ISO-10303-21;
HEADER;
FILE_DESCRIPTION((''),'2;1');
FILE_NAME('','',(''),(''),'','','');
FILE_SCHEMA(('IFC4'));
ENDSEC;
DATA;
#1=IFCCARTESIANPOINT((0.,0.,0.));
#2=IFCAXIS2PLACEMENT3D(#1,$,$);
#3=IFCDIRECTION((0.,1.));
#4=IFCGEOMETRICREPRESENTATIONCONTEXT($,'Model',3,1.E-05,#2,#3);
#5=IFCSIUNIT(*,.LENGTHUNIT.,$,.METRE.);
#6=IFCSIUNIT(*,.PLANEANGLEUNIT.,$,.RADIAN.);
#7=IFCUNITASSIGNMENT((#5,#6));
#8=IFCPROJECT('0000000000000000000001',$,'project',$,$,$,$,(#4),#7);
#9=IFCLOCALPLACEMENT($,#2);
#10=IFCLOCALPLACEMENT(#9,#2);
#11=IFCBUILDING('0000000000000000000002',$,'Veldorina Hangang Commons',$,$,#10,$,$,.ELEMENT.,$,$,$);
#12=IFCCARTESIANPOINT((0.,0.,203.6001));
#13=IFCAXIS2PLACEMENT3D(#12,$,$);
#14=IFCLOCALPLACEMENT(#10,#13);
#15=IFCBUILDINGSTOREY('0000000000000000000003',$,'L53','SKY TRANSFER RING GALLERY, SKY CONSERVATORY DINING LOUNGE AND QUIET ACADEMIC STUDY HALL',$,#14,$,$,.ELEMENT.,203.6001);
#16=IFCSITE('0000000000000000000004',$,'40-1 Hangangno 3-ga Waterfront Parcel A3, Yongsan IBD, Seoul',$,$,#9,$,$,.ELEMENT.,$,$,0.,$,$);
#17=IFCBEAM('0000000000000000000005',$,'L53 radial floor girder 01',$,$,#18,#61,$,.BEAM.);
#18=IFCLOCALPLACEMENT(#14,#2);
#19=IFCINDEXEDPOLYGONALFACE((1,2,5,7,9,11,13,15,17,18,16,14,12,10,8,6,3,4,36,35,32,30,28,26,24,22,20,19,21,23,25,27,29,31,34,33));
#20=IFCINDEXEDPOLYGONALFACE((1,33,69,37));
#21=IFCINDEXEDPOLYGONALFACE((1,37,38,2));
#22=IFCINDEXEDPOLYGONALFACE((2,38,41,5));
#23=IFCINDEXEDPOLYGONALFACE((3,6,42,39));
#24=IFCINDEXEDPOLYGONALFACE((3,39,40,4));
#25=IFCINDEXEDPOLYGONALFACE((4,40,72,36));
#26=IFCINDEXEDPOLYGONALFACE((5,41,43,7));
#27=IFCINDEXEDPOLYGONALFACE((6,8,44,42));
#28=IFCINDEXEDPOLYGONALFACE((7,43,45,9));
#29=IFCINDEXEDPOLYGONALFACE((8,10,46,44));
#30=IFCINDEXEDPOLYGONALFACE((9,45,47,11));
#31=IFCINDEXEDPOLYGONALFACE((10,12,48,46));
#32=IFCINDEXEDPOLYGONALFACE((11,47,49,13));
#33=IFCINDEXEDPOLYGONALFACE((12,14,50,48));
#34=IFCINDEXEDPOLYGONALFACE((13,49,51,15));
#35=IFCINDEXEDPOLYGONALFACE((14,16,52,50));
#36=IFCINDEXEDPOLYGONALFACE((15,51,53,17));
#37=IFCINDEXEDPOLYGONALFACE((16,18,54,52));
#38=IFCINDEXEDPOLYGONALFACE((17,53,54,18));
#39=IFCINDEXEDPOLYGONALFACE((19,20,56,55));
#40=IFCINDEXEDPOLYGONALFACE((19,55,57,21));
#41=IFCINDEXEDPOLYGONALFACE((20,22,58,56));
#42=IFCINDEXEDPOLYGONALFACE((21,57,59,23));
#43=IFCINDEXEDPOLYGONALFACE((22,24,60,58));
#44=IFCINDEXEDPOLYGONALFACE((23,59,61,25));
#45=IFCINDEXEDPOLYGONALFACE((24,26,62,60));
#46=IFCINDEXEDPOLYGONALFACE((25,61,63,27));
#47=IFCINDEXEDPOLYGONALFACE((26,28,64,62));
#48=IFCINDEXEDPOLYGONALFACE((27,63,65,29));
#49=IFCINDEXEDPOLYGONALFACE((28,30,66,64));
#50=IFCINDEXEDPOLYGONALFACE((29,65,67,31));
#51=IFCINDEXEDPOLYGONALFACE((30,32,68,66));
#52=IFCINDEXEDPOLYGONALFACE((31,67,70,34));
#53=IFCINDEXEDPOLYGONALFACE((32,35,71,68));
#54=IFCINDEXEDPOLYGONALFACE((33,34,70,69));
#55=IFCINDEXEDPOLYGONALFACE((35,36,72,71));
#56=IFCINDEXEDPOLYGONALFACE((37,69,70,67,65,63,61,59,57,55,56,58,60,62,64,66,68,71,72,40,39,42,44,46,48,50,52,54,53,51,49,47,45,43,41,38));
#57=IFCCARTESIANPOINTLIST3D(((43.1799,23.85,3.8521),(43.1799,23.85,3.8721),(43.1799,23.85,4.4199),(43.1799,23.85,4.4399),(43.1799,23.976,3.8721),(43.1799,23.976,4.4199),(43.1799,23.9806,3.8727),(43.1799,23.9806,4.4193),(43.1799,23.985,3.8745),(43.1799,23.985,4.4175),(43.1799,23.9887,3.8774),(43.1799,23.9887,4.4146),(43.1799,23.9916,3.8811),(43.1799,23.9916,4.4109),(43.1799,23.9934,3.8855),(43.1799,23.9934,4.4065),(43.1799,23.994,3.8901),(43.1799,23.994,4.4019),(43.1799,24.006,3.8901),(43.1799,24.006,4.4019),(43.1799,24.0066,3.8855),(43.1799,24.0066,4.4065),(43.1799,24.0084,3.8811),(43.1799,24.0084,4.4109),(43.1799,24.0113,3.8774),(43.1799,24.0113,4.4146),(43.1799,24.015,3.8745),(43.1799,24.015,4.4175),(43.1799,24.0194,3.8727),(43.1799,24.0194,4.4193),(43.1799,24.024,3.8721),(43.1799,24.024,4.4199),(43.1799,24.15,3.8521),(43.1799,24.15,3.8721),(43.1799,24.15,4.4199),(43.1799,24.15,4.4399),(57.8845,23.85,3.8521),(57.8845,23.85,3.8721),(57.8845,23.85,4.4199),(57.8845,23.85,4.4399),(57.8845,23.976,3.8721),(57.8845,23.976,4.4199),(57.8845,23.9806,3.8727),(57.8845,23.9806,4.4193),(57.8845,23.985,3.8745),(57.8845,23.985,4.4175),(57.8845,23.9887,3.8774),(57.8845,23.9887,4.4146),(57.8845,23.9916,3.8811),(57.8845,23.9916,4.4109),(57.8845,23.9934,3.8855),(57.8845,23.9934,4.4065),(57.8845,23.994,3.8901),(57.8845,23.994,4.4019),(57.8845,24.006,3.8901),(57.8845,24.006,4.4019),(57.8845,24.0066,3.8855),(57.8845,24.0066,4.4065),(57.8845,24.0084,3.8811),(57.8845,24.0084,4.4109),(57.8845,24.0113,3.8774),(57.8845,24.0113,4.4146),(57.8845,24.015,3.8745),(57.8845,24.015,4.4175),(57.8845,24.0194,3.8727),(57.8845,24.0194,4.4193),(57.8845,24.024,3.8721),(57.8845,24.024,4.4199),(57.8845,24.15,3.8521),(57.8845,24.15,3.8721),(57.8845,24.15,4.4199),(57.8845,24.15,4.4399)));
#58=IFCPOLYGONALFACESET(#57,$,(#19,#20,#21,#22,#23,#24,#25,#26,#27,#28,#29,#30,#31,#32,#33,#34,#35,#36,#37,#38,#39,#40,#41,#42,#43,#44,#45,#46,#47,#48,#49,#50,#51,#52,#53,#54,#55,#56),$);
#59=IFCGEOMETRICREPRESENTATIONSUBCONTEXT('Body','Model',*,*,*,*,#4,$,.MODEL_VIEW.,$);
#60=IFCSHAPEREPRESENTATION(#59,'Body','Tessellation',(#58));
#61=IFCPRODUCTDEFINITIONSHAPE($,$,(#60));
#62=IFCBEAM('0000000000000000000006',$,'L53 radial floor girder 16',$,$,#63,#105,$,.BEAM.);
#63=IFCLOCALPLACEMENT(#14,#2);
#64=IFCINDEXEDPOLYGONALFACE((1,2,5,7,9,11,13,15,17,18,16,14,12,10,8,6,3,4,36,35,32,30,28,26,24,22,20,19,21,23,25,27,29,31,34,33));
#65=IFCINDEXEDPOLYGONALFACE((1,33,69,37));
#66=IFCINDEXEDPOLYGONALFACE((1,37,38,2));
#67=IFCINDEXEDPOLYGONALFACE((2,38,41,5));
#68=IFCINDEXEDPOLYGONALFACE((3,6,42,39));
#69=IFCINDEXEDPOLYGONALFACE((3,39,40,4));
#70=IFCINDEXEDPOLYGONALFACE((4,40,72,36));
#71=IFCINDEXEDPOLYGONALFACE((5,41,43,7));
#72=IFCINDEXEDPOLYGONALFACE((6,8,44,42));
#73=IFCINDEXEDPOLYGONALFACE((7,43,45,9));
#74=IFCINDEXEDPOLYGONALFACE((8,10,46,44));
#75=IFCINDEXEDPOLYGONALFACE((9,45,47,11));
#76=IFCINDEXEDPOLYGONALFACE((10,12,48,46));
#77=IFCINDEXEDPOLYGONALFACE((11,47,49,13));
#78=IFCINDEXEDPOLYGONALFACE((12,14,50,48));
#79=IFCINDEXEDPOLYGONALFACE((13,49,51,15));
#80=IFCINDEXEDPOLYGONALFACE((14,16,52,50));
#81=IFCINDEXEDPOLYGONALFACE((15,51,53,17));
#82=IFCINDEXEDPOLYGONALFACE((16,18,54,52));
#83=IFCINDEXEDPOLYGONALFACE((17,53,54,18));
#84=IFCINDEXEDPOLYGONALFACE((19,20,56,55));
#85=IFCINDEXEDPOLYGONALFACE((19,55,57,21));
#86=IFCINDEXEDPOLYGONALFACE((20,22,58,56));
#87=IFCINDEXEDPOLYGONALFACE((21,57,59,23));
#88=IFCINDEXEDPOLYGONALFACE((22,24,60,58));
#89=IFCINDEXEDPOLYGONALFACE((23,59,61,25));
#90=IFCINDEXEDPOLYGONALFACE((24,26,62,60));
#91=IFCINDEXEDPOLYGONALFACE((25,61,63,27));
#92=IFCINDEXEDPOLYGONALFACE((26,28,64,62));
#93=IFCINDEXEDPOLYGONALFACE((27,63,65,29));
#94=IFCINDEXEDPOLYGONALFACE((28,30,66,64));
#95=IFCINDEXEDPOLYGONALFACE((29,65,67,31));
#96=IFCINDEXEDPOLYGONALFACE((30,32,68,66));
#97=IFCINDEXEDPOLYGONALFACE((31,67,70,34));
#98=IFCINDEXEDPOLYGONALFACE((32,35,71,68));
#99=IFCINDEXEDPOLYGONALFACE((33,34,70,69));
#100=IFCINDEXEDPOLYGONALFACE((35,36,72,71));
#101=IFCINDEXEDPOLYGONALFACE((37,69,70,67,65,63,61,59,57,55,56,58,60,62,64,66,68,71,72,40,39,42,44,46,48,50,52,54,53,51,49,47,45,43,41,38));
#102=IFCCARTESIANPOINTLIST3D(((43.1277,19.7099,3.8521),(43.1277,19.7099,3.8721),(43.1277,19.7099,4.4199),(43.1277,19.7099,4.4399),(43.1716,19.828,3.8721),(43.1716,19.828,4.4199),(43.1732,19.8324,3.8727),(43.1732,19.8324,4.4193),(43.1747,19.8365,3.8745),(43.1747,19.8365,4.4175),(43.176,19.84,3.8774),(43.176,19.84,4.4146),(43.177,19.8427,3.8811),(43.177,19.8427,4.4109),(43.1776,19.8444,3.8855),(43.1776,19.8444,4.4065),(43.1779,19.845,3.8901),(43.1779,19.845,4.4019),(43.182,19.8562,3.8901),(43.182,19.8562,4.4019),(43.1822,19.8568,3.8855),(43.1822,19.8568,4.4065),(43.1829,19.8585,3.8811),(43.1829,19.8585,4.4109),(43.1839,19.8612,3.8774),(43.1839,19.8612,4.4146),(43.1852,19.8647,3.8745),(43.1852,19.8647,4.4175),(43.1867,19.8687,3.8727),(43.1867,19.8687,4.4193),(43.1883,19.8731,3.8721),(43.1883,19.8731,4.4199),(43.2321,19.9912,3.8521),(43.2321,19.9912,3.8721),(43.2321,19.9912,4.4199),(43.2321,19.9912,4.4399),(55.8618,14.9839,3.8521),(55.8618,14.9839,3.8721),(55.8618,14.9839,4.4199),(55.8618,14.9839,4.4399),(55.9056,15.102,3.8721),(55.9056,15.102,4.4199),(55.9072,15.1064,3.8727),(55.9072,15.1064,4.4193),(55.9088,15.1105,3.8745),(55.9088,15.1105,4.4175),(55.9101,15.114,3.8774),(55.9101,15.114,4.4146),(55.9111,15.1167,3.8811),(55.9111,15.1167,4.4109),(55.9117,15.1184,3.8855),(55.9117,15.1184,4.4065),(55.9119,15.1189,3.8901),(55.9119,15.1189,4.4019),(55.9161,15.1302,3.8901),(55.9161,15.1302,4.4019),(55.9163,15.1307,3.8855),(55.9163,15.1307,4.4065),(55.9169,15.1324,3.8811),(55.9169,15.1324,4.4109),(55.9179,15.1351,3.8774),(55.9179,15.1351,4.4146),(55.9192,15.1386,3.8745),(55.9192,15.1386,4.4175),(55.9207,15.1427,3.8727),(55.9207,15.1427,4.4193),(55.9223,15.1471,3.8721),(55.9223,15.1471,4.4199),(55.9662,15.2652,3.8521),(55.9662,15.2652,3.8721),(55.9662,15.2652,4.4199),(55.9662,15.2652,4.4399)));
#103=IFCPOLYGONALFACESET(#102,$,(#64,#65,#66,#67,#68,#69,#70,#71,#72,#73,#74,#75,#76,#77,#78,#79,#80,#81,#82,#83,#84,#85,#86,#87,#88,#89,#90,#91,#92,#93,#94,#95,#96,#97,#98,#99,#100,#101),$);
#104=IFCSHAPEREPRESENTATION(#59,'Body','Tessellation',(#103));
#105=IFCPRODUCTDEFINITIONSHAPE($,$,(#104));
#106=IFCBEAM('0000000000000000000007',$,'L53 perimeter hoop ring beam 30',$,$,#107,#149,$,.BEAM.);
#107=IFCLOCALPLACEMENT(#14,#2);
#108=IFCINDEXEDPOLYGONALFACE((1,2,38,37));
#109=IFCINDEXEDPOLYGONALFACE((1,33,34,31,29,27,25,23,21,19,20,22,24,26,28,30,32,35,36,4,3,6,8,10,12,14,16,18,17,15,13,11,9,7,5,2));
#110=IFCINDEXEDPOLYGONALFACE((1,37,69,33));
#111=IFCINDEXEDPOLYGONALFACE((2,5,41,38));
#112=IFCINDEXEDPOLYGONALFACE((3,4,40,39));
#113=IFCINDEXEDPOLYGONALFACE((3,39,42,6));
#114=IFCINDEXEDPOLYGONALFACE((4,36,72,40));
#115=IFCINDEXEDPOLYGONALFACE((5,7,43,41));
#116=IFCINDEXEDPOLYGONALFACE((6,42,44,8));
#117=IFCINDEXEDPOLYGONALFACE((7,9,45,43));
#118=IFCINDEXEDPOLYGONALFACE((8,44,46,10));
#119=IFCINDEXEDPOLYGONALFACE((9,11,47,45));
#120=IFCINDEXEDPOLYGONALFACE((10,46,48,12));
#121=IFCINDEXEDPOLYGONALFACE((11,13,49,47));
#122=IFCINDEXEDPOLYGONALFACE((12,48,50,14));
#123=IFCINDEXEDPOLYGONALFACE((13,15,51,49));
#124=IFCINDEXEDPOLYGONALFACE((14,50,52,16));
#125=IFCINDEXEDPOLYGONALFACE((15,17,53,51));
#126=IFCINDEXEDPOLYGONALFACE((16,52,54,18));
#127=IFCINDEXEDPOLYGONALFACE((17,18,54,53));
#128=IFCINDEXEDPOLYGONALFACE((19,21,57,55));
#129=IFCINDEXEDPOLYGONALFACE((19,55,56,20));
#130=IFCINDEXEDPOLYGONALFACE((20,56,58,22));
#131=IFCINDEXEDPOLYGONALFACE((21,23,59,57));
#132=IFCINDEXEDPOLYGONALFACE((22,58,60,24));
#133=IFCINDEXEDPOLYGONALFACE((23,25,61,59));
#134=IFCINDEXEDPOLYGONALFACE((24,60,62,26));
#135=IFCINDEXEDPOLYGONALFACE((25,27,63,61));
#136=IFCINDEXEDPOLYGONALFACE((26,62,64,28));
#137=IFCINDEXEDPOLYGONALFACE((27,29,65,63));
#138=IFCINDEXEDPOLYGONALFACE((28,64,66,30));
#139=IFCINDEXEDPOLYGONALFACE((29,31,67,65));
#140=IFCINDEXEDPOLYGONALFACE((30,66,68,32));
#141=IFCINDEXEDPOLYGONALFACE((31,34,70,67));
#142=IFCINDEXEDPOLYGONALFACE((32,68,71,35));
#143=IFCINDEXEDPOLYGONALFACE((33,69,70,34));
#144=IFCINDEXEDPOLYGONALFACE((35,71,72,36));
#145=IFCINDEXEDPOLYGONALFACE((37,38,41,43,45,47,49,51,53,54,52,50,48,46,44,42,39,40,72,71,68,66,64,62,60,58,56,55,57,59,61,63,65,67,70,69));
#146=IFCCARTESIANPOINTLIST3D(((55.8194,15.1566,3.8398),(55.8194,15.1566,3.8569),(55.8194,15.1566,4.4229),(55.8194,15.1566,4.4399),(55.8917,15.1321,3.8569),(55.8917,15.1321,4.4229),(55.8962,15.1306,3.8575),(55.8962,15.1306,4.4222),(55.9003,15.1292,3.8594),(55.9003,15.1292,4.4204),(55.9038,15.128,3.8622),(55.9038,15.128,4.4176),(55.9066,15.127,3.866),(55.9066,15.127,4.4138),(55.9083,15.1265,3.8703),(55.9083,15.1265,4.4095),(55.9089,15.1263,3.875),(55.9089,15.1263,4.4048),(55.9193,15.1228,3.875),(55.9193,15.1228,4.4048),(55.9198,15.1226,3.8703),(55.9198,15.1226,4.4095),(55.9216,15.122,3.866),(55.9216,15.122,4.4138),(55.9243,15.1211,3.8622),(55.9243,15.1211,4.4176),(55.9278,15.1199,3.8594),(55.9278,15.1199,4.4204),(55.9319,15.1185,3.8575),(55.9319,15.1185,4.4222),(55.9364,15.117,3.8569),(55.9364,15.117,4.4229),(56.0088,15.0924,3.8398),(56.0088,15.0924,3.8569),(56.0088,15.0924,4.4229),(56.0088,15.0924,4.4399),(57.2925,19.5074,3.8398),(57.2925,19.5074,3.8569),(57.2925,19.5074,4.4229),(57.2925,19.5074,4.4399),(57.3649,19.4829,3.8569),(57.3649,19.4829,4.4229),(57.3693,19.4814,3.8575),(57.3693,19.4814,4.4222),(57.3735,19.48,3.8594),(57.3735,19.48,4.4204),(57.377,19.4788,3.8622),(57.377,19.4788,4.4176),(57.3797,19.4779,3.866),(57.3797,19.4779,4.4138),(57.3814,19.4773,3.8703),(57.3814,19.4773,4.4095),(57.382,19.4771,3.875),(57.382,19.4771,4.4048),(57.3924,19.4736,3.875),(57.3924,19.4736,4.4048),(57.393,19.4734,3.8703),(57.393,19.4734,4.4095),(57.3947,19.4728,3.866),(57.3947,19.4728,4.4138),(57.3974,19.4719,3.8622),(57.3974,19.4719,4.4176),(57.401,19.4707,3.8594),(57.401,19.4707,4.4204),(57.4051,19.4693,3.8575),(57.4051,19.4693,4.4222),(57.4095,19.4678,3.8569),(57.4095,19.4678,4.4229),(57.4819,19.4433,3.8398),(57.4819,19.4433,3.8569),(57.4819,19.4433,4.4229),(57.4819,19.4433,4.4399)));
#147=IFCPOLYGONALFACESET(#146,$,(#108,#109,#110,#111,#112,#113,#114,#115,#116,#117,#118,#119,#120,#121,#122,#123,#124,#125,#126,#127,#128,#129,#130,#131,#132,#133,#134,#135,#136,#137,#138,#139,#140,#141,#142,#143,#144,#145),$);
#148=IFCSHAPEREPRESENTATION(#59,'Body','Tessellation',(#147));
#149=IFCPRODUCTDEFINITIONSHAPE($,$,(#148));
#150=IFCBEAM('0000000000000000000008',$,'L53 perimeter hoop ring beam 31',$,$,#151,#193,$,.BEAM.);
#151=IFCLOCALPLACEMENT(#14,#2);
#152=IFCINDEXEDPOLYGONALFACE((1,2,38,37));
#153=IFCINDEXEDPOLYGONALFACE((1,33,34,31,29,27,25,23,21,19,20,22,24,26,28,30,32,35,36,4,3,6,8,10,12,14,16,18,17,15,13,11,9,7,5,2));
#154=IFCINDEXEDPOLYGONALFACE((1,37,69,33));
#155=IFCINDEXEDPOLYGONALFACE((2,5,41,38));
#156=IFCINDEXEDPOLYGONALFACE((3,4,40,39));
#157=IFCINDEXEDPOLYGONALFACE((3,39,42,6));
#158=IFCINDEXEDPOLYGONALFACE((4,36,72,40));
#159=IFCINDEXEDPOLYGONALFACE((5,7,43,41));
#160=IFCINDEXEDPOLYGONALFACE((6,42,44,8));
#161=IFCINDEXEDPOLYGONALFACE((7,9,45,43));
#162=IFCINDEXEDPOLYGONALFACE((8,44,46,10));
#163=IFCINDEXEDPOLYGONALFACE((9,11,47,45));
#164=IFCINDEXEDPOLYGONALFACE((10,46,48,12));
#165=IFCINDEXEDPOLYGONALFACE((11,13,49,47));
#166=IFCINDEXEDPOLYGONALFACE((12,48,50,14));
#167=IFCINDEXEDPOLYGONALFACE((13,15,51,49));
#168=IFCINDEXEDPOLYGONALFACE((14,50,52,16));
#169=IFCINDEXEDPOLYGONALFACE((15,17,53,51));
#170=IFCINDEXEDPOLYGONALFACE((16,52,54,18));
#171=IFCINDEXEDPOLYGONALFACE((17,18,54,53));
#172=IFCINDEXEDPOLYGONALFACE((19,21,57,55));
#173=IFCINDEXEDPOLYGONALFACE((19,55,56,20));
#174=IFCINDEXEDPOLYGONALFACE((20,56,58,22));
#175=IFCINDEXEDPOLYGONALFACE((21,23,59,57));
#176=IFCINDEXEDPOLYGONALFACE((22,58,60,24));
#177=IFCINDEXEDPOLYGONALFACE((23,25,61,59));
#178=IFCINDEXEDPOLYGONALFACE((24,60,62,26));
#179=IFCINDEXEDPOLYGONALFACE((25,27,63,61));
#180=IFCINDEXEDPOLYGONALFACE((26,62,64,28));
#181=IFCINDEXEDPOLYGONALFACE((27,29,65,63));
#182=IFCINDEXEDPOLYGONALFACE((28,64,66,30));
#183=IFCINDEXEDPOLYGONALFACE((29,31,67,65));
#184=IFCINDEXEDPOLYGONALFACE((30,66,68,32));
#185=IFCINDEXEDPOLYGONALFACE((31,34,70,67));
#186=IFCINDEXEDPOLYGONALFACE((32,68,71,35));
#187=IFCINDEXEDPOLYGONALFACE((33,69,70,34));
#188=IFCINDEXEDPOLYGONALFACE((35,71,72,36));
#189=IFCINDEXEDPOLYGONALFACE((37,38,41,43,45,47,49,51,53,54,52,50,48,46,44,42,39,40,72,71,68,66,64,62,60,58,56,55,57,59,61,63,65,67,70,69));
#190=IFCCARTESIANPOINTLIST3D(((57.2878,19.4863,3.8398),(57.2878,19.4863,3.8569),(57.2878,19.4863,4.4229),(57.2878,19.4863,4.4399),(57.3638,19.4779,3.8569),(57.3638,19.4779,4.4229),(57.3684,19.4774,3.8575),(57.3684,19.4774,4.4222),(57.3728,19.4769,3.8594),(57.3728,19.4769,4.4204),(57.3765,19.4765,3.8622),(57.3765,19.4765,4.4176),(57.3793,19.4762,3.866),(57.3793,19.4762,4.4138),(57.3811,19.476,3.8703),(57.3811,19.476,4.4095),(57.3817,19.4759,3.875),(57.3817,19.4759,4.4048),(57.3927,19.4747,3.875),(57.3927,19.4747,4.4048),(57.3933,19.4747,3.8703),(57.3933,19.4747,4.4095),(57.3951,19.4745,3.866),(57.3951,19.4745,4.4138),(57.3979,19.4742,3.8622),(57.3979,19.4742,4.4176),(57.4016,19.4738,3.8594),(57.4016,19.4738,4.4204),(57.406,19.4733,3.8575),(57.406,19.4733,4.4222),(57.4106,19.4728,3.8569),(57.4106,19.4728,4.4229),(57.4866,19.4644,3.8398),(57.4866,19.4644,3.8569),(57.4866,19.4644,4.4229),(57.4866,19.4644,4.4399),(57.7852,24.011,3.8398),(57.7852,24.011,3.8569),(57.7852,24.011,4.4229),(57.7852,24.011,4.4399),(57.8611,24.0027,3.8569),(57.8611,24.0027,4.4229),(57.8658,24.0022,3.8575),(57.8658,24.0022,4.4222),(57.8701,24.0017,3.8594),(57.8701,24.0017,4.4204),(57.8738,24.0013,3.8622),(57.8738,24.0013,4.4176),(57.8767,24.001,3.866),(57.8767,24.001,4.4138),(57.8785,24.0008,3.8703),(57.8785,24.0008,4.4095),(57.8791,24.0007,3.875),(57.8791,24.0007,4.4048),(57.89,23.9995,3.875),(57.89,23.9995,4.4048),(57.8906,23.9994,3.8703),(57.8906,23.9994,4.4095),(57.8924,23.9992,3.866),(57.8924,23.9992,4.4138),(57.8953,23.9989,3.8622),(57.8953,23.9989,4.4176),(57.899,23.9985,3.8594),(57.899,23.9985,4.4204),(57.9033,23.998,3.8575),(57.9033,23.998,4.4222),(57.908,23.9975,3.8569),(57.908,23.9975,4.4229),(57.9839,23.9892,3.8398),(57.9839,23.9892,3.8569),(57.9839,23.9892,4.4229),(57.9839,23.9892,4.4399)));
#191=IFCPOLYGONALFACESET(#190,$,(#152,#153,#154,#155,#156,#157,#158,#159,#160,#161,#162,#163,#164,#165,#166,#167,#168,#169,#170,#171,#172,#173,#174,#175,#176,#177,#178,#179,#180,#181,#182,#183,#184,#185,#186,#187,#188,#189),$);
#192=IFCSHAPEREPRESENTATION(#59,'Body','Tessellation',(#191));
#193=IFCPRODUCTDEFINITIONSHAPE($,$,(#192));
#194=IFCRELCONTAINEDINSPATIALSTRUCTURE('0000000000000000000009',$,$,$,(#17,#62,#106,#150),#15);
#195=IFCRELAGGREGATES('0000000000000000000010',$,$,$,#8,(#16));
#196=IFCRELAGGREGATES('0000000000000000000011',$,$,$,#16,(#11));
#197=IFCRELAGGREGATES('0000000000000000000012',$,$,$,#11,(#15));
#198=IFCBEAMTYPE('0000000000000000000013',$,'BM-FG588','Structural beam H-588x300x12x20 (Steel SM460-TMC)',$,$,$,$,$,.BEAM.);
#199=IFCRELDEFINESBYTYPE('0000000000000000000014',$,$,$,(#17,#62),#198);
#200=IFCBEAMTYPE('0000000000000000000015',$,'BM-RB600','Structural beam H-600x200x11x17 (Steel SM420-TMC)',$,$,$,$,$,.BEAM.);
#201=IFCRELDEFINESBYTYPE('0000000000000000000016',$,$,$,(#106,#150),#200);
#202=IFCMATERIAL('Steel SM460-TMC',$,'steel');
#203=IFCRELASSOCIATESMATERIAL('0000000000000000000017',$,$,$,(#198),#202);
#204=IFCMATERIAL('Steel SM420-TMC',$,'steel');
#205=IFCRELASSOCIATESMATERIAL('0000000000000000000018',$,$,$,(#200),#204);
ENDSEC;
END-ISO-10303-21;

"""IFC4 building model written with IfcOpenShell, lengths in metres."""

from ifc_helpers import new_model, si_unit, direction, frame, origin, origin_2d, place, context, subcontext, project, spatial, i_section, extrude, material, material_profile, profile_set, type_object, element, save


model = new_model("IFC4")

# Units and contexts
model_context = context("Model", 3, precision=1e-05, world=origin(), true_north=direction((0.0, 1.0)))
body_context = subcontext(model_context, "Body", "Model", "MODEL_VIEW")
ifc_project = project(units=[si_unit("LENGTHUNIT", "METRE"), si_unit("PLANEANGLEUNIT", "RADIAN")], contexts=[model_context])

# Site, building, storey
site_placement = place(None, origin())
site = spatial("IfcSite", under=ifc_project, at=site_placement, Name="40-1 Hangangno 3-ga Waterfront Parcel A3, Yongsan IBD, Seoul", CompositionType="ELEMENT", RefElevation=0.0)
building_placement = place(site_placement, origin())
building = spatial("IfcBuilding", under=site, at=building_placement, Name="Veldorina Hangang Commons", CompositionType="ELEMENT")
storey_placement = place(building_placement, frame((0.0, 0.0, 203.6001)))
storey = spatial("IfcBuildingStorey", under=building, at=storey_placement, Name="L53", Description="SKY TRANSFER RING GALLERY, SKY CONSERVATORY DINING LOUNGE AND QUIET ACADEMIC STUDY HALL", CompositionType="ELEMENT", Elevation=203.6001)

# Beams
ifc_material_1 = material(Name="Steel SM460-TMC", Category="steel")
ifc_material_profile_1 = material_profile(ifc_material_1, i_section(OverallWidth=0.3, OverallDepth=0.5879, WebThickness=0.012, FlangeThickness=0.02, FilletRadius=0.0181, at=origin_2d()), Name="H-588x300x12x20")
ifc_profile_set_1 = profile_set([ifc_material_profile_1], Name="Steel SM460-TMC")
beam_type_1 = type_object("IfcBeamType", Name="BM-FG588", Description="Structural beam H-588x300x12x20 (Steel SM460-TMC)", PredefinedType="BEAM", material=ifc_profile_set_1)
beam_1_placement = place(storey_placement, frame((43.1799, 24.0, 4.146), z_axis=(1.0, 0.0, 0.0), x_axis=(0.0, 1.0, 0.0)))
element("IfcBeam", 1, at=beam_1_placement, inside=storey, type_object=beam_type_1, Name="L53 radial floor girder 01", PredefinedType="BEAM", context=body_context, shape_type="SweptSolid", body=[
    extrude(i_section(OverallWidth=0.3, OverallDepth=0.5879, WebThickness=0.012, FlangeThickness=0.02, FilletRadius=0.0181, at=origin_2d()), origin(), (0.0, 0.0, 1.0), 14.7046),
])
beam_2_placement = place(storey_placement, frame((43.1799, 19.8506, 4.146), z_axis=(0.937515, -0.347944, 0.0), x_axis=(0.347944, 0.937515, 0.0)))
element("IfcBeam", 2, at=beam_2_placement, inside=storey, type_object=beam_type_1, Name="L53 radial floor girder 16", PredefinedType="BEAM", context=body_context, shape_type="SweptSolid", body=[
    extrude(i_section(OverallWidth=0.3, OverallDepth=0.5879, WebThickness=0.012, FlangeThickness=0.02, FilletRadius=0.0181, at=origin_2d()), origin(), (0.0, 0.0, 1.0), 13.5828),
])
ifc_material_2 = material(Name="Steel SM420-TMC", Category="steel")
ifc_material_profile_2 = material_profile(ifc_material_2, i_section(OverallWidth=0.2, OverallDepth=0.6001, WebThickness=0.011, FlangeThickness=0.0171, FilletRadius=0.0181, at=origin_2d()), Name="H-600x200x11x17")
ifc_profile_set_2 = profile_set([ifc_material_profile_2], Name="Steel SM420-TMC")
beam_type_2 = type_object("IfcBeamType", Name="BM-RB600", Description="Structural beam H-600x200x11x17 (Steel SM420-TMC)", PredefinedType="BEAM", material=ifc_profile_set_2)
beam_3_placement = place(storey_placement, frame((55.9141, 15.1245, 4.1399), z_axis=(0.320705, 0.947179, 0.0), x_axis=(-0.947179, 0.320705, 0.0)))
element("IfcBeam", 3, at=beam_3_placement, inside=storey, type_object=beam_type_2, Name="L53 perimeter hoop ring beam 30", PredefinedType="BEAM", context=body_context, shape_type="SweptSolid", body=[
    extrude(i_section(OverallWidth=0.2, OverallDepth=0.6001, WebThickness=0.011, FlangeThickness=0.0171, FilletRadius=0.0181, at=origin_2d()), origin(), (0.0, 0.0, 1.0), 4.5935),
])
beam_4_placement = place(storey_placement, frame((57.3872, 19.4753, 4.1399), z_axis=(0.109254, 0.994014, 0.0), x_axis=(-0.994014, 0.109254, 0.0)))
element("IfcBeam", 4, at=beam_4_placement, inside=storey, type_object=beam_type_2, Name="L53 perimeter hoop ring beam 31", PredefinedType="BEAM", context=body_context, shape_type="SweptSolid", body=[
    extrude(i_section(OverallWidth=0.2, OverallDepth=0.6001, WebThickness=0.011, FlangeThickness=0.0171, FilletRadius=0.0181, at=origin_2d()), origin(), (0.0, 0.0, 1.0), 4.552),
])

save(model, "model.ifc")
